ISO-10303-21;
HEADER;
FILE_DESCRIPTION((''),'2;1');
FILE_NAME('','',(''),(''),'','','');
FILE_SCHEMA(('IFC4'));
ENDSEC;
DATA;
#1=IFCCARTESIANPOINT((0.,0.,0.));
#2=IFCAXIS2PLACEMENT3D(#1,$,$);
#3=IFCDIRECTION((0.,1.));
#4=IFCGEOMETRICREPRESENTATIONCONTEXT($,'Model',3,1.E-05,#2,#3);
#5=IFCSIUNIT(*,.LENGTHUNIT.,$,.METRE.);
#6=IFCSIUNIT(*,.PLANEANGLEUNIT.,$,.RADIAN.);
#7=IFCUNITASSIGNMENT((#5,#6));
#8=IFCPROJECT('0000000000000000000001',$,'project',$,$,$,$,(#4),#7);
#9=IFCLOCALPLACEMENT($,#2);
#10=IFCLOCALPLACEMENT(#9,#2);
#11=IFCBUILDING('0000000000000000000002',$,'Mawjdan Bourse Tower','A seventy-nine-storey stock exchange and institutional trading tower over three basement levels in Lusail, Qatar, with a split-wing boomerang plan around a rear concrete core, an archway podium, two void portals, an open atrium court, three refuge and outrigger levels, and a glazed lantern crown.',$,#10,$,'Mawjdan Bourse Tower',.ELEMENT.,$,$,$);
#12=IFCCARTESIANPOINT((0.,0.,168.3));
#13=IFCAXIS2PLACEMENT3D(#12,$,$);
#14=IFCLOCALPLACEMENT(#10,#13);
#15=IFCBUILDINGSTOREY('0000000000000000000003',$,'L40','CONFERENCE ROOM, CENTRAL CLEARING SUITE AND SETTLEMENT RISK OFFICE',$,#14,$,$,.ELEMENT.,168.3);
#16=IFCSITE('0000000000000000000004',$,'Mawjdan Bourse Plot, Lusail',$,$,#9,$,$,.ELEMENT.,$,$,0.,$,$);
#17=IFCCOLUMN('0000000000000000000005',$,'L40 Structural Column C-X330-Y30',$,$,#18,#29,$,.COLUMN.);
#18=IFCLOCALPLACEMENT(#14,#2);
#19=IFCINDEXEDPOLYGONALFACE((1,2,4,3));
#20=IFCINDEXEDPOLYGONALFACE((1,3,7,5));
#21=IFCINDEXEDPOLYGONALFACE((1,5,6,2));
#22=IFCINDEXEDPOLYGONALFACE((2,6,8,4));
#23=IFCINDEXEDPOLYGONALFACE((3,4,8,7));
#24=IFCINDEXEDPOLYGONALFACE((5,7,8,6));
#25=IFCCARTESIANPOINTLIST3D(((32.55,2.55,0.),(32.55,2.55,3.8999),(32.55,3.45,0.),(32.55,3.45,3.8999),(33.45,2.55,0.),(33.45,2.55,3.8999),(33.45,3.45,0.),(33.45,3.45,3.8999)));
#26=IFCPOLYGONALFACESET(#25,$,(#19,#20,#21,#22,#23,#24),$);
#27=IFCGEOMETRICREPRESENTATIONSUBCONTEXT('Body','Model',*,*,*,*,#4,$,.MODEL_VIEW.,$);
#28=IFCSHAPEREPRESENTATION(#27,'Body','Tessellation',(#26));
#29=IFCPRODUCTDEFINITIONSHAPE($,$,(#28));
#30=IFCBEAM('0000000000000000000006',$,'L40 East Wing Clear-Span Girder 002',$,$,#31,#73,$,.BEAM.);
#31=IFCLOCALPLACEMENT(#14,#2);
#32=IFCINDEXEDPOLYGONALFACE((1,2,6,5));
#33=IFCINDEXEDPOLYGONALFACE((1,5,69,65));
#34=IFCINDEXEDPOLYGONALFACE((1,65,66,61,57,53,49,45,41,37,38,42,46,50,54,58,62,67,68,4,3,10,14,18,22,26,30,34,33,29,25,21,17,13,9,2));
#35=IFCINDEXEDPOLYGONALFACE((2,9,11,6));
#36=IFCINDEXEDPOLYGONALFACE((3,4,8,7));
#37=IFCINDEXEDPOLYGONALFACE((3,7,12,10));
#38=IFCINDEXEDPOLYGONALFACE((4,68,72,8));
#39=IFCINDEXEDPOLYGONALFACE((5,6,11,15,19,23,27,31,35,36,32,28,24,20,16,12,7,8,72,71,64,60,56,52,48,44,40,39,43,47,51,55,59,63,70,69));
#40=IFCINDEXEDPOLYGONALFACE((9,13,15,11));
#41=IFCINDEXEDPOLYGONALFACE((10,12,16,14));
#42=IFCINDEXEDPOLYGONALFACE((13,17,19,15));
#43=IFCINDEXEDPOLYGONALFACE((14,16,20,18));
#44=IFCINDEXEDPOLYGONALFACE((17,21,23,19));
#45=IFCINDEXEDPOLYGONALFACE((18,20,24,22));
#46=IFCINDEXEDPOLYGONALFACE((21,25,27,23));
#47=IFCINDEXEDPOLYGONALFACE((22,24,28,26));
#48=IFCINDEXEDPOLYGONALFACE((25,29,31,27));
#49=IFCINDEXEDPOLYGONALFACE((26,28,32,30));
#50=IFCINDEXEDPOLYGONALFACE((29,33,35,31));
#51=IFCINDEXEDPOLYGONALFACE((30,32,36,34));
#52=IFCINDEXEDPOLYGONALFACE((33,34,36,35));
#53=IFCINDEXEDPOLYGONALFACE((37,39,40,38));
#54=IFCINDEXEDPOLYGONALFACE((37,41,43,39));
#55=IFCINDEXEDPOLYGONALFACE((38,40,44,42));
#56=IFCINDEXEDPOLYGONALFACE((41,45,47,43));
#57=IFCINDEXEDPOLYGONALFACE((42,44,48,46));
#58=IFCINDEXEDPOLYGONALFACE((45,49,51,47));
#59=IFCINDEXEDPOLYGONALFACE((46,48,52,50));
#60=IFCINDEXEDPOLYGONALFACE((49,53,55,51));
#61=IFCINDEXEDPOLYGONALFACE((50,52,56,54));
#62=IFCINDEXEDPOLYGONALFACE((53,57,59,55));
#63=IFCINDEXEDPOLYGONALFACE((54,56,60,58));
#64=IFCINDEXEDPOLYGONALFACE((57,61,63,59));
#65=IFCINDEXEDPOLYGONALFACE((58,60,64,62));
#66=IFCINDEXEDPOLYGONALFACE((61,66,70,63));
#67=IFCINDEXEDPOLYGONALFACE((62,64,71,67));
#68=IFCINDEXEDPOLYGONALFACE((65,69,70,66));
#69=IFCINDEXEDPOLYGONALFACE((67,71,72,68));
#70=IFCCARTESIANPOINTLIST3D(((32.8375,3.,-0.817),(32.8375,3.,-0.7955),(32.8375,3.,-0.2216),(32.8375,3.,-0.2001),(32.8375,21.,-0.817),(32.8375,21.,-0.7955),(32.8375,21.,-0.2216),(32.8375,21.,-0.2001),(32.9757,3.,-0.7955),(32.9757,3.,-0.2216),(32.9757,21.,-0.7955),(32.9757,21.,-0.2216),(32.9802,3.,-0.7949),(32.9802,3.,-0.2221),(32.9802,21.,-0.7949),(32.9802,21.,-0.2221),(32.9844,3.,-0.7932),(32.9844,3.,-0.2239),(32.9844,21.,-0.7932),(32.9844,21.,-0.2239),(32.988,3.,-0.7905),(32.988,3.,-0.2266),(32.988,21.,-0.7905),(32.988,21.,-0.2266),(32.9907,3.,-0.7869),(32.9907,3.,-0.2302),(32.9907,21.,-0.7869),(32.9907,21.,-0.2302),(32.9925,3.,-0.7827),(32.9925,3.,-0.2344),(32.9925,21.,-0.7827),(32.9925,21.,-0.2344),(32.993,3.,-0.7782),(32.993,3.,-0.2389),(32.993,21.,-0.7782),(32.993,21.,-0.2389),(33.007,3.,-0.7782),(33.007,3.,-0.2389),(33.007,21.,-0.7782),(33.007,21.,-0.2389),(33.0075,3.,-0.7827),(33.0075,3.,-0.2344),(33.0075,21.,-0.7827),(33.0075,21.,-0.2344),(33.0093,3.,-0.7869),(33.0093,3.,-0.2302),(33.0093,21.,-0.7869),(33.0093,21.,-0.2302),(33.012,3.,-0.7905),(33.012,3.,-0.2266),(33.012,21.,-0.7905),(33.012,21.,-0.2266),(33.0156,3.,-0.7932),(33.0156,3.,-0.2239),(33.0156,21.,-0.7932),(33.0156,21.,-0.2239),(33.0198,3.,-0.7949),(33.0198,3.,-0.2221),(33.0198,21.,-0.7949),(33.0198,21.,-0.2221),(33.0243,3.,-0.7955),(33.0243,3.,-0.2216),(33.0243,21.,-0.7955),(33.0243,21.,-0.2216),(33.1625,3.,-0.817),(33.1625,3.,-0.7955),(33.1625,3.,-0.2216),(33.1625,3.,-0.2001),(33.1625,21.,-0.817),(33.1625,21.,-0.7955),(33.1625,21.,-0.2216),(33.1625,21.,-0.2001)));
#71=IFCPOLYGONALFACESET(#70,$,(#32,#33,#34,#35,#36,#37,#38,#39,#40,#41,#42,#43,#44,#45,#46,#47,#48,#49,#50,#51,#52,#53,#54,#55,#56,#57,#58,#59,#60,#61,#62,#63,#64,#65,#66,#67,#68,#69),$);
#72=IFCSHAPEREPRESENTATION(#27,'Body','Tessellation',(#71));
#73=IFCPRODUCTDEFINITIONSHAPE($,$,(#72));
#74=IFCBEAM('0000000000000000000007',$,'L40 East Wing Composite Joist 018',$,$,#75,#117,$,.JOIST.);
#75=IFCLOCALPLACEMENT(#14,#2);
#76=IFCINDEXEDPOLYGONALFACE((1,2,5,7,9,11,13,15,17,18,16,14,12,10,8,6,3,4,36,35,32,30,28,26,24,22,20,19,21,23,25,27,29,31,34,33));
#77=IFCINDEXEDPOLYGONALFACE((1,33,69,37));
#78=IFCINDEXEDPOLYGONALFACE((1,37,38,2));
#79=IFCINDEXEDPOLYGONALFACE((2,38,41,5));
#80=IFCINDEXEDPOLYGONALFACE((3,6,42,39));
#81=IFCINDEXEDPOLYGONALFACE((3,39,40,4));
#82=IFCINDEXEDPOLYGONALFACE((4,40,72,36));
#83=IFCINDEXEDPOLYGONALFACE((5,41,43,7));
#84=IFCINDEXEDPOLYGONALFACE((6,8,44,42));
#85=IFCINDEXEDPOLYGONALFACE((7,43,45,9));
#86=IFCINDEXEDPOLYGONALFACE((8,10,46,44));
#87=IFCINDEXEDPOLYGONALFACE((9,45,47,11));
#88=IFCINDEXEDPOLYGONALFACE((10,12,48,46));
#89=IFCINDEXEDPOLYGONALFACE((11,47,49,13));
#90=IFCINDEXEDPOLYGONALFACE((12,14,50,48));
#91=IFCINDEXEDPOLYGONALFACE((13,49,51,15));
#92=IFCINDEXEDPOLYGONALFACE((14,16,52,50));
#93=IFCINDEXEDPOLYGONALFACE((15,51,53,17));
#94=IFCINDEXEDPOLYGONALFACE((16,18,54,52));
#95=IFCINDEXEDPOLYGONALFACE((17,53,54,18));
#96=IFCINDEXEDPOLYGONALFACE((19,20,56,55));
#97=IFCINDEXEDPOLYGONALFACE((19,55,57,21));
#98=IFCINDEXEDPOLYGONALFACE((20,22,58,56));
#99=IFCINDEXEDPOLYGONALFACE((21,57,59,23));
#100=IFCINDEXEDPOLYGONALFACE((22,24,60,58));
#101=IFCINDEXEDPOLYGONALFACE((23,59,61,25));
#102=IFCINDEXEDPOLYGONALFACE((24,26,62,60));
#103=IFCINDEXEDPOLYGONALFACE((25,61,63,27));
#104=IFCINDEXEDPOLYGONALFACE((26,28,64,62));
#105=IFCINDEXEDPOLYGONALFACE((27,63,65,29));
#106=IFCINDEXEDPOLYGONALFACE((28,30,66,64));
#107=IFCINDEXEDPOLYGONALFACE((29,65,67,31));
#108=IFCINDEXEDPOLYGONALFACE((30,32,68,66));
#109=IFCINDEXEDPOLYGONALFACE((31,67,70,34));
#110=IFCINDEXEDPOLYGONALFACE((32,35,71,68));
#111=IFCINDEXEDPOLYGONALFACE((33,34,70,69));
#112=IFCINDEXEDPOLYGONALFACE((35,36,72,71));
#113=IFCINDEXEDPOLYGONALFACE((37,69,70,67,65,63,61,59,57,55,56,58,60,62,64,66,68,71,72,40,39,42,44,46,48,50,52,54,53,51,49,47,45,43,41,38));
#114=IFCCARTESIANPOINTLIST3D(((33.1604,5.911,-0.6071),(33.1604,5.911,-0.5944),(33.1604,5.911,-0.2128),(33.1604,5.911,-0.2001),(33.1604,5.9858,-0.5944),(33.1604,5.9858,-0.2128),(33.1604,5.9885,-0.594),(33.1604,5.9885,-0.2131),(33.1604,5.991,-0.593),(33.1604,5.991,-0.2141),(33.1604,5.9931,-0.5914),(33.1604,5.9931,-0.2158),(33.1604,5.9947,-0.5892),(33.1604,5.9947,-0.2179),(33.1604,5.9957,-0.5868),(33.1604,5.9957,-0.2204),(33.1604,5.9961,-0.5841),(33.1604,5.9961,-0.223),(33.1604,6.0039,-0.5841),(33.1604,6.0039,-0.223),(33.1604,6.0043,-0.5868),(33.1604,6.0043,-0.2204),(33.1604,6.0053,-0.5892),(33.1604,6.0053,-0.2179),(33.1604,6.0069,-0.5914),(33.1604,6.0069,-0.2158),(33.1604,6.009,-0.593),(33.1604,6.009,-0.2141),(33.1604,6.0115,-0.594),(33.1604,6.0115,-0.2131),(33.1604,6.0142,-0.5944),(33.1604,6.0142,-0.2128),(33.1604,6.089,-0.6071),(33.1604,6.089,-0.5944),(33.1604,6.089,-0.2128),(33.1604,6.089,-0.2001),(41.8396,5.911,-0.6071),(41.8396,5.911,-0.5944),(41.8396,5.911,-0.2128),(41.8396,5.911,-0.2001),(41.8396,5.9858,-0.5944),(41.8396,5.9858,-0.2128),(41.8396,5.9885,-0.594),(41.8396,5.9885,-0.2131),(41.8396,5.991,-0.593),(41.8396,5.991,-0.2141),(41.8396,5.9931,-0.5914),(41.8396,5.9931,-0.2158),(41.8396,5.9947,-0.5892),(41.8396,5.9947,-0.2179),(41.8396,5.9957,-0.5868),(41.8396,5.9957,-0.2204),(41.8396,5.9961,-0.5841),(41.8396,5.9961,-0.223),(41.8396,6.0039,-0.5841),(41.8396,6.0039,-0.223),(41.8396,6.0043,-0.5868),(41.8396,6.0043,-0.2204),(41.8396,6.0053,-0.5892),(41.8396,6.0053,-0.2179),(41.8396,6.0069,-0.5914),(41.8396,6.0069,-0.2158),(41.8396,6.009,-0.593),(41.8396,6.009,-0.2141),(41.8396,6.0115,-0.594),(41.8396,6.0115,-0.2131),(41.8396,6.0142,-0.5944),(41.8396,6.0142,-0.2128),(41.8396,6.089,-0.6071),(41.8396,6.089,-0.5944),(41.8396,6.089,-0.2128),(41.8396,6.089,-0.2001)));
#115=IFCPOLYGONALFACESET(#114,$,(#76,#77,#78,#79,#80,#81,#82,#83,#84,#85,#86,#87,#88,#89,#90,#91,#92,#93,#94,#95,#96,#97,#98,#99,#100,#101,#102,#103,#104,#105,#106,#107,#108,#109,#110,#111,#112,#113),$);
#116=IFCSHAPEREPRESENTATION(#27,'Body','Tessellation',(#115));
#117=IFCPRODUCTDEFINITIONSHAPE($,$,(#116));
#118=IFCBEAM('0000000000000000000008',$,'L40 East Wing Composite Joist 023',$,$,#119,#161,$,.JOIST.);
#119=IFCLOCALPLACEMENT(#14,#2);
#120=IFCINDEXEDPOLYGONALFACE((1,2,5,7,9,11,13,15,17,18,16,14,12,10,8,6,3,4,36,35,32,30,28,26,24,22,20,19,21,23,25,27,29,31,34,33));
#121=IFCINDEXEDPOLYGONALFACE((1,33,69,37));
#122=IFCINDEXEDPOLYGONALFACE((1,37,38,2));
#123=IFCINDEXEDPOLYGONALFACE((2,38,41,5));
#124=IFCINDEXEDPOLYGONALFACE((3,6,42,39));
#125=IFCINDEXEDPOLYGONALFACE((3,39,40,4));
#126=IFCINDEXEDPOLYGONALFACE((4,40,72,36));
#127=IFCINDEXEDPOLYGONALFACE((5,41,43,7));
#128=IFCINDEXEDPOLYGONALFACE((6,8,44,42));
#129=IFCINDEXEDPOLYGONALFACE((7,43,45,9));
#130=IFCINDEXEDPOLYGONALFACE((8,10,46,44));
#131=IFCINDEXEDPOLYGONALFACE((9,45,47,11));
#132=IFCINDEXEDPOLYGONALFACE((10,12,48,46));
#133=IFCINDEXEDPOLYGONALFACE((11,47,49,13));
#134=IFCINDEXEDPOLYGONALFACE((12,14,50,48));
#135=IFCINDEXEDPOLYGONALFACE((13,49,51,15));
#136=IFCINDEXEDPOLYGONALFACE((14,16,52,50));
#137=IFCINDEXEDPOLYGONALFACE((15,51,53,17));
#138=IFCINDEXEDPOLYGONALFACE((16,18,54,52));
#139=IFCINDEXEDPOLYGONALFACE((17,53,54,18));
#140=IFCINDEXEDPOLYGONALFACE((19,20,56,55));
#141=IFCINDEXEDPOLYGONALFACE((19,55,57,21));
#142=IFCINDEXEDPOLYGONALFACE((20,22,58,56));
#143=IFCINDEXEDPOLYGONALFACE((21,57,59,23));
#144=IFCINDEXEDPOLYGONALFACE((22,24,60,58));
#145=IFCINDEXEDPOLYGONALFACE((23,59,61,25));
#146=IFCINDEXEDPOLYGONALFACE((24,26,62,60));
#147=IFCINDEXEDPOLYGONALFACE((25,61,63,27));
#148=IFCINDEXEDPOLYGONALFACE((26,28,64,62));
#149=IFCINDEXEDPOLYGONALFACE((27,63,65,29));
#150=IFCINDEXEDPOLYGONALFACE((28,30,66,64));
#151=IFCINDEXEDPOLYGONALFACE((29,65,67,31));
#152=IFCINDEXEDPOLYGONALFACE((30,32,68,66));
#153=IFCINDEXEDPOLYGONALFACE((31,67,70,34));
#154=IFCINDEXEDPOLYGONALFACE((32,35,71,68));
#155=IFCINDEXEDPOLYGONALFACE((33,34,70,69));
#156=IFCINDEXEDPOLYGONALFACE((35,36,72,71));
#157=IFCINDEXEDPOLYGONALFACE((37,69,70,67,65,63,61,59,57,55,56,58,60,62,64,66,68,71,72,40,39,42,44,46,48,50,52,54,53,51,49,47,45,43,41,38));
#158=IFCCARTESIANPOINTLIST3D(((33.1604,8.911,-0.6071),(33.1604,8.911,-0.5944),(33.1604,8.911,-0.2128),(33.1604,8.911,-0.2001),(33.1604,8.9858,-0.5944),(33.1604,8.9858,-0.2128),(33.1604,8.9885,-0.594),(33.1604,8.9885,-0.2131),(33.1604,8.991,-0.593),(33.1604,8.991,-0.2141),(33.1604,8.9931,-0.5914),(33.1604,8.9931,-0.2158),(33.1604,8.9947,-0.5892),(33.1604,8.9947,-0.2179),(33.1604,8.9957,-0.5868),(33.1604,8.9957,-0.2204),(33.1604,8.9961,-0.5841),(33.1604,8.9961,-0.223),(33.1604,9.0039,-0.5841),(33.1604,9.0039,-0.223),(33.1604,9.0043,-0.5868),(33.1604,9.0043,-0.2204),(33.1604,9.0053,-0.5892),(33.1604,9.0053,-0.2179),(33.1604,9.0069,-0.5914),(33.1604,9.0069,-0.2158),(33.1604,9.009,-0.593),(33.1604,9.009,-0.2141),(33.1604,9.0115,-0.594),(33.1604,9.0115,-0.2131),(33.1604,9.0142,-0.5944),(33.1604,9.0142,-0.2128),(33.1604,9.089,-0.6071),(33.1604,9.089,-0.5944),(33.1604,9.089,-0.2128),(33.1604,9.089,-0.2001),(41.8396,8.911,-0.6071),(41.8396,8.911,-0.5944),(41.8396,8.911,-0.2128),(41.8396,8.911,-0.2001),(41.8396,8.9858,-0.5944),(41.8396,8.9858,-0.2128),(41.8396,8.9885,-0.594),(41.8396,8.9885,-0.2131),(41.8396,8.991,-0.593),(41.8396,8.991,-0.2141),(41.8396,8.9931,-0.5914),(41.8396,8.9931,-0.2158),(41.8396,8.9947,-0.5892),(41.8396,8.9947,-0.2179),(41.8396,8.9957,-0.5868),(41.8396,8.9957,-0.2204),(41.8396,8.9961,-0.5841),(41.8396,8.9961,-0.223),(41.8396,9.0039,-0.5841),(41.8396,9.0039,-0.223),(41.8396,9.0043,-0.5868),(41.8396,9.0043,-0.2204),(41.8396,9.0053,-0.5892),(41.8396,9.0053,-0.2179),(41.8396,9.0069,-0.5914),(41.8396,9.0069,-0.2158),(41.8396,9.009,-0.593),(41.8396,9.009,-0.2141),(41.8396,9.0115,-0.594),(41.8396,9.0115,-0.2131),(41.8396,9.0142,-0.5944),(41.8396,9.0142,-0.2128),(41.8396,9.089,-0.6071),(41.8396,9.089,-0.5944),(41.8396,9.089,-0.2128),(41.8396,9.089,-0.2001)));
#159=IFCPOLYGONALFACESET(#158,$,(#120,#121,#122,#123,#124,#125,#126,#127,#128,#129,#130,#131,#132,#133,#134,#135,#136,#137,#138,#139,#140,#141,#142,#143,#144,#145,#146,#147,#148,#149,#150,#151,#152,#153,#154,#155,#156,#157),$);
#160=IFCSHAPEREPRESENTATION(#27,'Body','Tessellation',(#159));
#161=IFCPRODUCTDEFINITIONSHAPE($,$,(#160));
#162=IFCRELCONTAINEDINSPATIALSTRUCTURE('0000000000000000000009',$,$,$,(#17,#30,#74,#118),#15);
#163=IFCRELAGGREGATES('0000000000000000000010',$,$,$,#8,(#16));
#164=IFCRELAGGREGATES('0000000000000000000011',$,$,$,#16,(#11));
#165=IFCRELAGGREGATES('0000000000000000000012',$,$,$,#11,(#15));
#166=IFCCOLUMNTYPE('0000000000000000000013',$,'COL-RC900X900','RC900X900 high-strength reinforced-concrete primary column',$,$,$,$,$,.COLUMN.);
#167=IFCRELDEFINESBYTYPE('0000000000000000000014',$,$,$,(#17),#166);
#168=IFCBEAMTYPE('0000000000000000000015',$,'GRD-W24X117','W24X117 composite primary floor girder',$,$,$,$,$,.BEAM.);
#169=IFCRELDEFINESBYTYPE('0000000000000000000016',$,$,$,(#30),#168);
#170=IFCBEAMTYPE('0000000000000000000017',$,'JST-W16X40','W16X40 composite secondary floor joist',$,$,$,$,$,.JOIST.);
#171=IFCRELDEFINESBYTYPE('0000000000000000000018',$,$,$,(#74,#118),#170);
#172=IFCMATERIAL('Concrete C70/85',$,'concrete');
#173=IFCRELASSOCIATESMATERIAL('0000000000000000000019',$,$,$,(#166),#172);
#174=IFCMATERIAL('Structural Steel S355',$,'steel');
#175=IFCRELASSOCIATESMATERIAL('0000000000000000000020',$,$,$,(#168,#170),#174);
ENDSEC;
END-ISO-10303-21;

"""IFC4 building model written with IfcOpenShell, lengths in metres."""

from ifc_helpers import new_model, si_unit, direction, frame, origin, origin_2d, place, context, subcontext, project, spatial, rectangle, i_section, extrude, material, material_profile, profile_set, type_object, element, save


model = new_model("IFC4")

# Units and contexts
model_context = context("Model", 3, precision=1e-05, world=origin(), true_north=direction((0.0, 1.0)))
body_context = subcontext(model_context, "Body", "Model", "MODEL_VIEW")
ifc_project = project(units=[si_unit("LENGTHUNIT", "METRE"), si_unit("PLANEANGLEUNIT", "RADIAN")], contexts=[model_context])

# Site, building, storey
site_placement = place(None, origin())
site = spatial("IfcSite", under=ifc_project, at=site_placement, Name="Mawjdan Bourse Plot, Lusail", CompositionType="ELEMENT", RefElevation=0.0)
building_placement = place(site_placement, origin())
building = spatial("IfcBuilding", under=site, at=building_placement, Name="Mawjdan Bourse Tower", Description="A seventy-nine-storey stock exchange and institutional trading tower over three basement levels in Lusail, Qatar, with a split-wing boomerang plan around a rear concrete core, an archway podium, two void portals, an open atrium court, three refuge and outrigger levels, and a glazed lantern crown.", LongName="Mawjdan Bourse Tower", CompositionType="ELEMENT")
storey_placement = place(building_placement, frame((0.0, 0.0, 168.3)))
storey = spatial("IfcBuildingStorey", under=building, at=storey_placement, Name="L40", Description="CONFERENCE ROOM, CENTRAL CLEARING SUITE AND SETTLEMENT RISK OFFICE", CompositionType="ELEMENT", Elevation=168.3)

# Column
ifc_material_1 = material(Name="Concrete C70/85", Category="concrete")
ifc_material_profile_1 = material_profile(ifc_material_1, rectangle(XDim=0.8999, YDim=0.8999, at=origin_2d()), Name="RC900X900")
ifc_profile_set_1 = profile_set([ifc_material_profile_1], Name="Concrete C70/85")
column_type = type_object("IfcColumnType", Name="COL-RC900X900", Description="RC900X900 high-strength reinforced-concrete primary column", PredefinedType="COLUMN", material=ifc_profile_set_1)
column_placement = place(storey_placement, frame((33.0, 3.0, 0.0), z_axis=(0.0, 0.0, 1.0), x_axis=(1.0, 0.0, 0.0)))
element("IfcColumn", 1, at=column_placement, inside=storey, type_object=column_type, Name="L40 Structural Column C-X330-Y30", PredefinedType="COLUMN", context=body_context, shape_type="SweptSolid", body=[
    extrude(rectangle(XDim=0.8999, YDim=0.8999, at=origin_2d()), origin(), (0.0, 0.0, 1.0), 3.8999),
])

# Beams
ifc_material_2 = material(Name="Structural Steel S355", Category="steel")
ifc_material_profile_2 = material_profile(ifc_material_2, i_section(OverallWidth=0.325, OverallDepth=0.6169, WebThickness=0.0139, FlangeThickness=0.0215, FilletRadius=0.0173, at=origin_2d()), Name="W24X117")
ifc_profile_set_2 = profile_set([ifc_material_profile_2], Name="Structural Steel S355")
beam_type_1 = type_object("IfcBeamType", Name="GRD-W24X117", Description="W24X117 composite primary floor girder", PredefinedType="BEAM", material=ifc_profile_set_2)
beam_1_placement = place(storey_placement, frame((33.0, 3.0, -0.5085), z_axis=(0.0, 1.0, 0.0), x_axis=(-1.0, 0.0, 0.0)))
element("IfcBeam", 2, at=beam_1_placement, inside=storey, type_object=beam_type_1, Name="L40 East Wing Clear-Span Girder 002", PredefinedType="BEAM", context=body_context, shape_type="SweptSolid", body=[
    extrude(i_section(OverallWidth=0.325, OverallDepth=0.6169, WebThickness=0.0139, FlangeThickness=0.0215, FilletRadius=0.0173, at=origin_2d()), origin(), (0.0, 0.0, 1.0), 18.0),
])
ifc_material_profile_3 = material_profile(ifc_material_2, i_section(OverallWidth=0.178, OverallDepth=0.407, WebThickness=0.0078, FlangeThickness=0.0127, FilletRadius=0.0103, at=origin_2d()), Name="W16X40")
ifc_profile_set_3 = profile_set([ifc_material_profile_3], Name="Structural Steel S355")
beam_type_2 = type_object("IfcBeamType", Name="JST-W16X40", Description="W16X40 composite secondary floor joist", PredefinedType="JOIST", material=ifc_profile_set_3)
for number, where, z_axis, x_axis, name in (
    (3, (33.1604, 6.0, -0.4036), (1.0, 0.0, 0.0), (0.0, 1.0, 0.0), "L40 East Wing Composite Joist 018"),
    (4, (33.1604, 9.0, -0.4036), (1.0, 0.0, 0.0), (0.0, 1.0, 0.0), "L40 East Wing Composite Joist 023"),
):
    element("IfcBeam", number, at=place(storey_placement, frame(where, z_axis=z_axis, x_axis=x_axis)), inside=storey, type_object=beam_type_2, Name=name, PredefinedType="JOIST", context=body_context, shape_type="SweptSolid", body=[
        extrude(i_section(OverallWidth=0.178, OverallDepth=0.407, WebThickness=0.0078, FlangeThickness=0.0127, FilletRadius=0.0103, at=origin_2d()), origin(), (0.0, 0.0, 1.0), 8.6792),
    ])

save(model, "model.ifc")
